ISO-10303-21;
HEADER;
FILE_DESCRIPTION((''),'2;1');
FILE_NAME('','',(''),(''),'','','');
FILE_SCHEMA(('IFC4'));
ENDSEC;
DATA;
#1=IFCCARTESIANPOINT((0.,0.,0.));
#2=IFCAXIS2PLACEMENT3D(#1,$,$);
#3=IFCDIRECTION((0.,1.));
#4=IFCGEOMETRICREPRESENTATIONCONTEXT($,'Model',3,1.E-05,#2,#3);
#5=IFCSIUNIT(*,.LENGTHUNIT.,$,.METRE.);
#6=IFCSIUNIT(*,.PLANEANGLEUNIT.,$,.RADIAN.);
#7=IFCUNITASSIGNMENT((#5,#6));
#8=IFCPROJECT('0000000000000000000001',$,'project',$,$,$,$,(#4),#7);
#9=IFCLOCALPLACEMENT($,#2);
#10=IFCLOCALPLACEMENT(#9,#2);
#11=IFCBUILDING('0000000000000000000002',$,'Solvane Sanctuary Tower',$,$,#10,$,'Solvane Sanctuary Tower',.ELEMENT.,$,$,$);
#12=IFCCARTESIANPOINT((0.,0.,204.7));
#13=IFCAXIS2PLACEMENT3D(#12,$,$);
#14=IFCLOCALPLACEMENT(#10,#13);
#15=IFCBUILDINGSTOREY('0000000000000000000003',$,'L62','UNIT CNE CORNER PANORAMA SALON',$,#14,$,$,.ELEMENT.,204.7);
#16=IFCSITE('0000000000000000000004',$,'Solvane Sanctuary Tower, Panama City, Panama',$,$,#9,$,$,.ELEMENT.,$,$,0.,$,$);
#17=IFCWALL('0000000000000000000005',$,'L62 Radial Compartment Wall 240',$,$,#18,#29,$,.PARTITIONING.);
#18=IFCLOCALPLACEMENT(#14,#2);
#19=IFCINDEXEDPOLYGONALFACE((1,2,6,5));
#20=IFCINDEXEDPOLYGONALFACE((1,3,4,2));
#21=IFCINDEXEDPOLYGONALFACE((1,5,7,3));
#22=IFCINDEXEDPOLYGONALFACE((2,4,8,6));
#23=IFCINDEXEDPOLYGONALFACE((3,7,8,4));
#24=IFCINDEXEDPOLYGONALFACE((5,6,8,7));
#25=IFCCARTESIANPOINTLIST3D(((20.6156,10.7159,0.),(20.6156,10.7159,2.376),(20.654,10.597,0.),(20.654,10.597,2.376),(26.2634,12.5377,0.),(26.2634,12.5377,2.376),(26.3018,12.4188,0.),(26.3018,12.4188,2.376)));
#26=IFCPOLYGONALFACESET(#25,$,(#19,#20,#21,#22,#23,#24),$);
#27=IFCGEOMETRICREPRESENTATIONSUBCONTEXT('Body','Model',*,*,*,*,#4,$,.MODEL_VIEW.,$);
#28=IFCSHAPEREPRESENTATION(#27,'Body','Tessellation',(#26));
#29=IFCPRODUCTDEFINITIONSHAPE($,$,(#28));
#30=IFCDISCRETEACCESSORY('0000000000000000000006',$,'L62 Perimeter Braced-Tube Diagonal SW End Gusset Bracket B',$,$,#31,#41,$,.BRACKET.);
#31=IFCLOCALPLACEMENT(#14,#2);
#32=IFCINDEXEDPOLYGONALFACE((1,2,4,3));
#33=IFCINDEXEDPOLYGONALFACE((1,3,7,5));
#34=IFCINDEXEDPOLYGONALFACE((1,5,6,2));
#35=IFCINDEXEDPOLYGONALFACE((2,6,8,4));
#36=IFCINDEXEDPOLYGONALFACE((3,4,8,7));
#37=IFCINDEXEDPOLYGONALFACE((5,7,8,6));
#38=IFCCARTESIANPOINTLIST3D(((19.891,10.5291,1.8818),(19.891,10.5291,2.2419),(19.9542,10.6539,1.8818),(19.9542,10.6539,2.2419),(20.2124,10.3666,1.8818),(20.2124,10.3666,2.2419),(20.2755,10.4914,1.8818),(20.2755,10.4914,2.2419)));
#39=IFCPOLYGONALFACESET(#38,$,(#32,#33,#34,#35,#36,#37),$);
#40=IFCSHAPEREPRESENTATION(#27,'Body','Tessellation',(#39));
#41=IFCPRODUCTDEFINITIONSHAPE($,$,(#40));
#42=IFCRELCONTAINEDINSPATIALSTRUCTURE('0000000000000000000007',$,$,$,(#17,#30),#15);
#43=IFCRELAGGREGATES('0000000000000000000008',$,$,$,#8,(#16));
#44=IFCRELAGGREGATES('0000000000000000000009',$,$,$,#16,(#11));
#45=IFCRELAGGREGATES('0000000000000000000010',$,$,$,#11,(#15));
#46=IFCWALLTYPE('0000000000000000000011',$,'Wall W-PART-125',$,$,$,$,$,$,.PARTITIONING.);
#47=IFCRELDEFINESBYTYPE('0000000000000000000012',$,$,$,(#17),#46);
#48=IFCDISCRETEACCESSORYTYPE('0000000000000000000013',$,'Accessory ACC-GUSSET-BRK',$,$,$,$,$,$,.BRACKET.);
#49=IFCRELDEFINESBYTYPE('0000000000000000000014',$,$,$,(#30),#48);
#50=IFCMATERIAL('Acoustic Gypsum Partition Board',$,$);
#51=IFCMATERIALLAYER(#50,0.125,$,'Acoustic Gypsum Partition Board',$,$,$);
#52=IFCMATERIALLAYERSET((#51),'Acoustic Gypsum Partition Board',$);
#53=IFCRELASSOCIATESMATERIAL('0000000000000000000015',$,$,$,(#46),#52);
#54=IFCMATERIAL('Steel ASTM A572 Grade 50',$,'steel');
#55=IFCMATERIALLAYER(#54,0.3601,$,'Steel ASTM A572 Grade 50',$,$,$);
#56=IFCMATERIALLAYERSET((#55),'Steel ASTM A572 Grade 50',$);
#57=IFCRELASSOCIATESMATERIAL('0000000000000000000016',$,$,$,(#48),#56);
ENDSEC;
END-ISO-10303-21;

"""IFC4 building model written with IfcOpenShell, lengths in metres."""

from ifc_helpers import new_model, si_unit, direction, frame, frame_2d, origin, origin_2d, place, context, subcontext, project, spatial, rectangle, extrude, material, layer, layer_set, type_object, element, save


model = new_model("IFC4")

# Units and contexts
model_context = context("Model", 3, precision=1e-05, world=origin(), true_north=direction((0.0, 1.0)))
body_context = subcontext(model_context, "Body", "Model", "MODEL_VIEW")
ifc_project = project(units=[si_unit("LENGTHUNIT", "METRE"), si_unit("PLANEANGLEUNIT", "RADIAN")], contexts=[model_context])

# Site, building, storey
site_placement = place(None, origin())
site = spatial("IfcSite", under=ifc_project, at=site_placement, Name="Solvane Sanctuary Tower, Panama City, Panama", CompositionType="ELEMENT", RefElevation=0.0)
building_placement = place(site_placement, origin())
building = spatial("IfcBuilding", under=site, at=building_placement, Name="Solvane Sanctuary Tower", LongName="Solvane Sanctuary Tower", CompositionType="ELEMENT")
storey_placement = place(building_placement, frame((0.0, 0.0, 204.7)))
storey = spatial("IfcBuildingStorey", under=building, at=storey_placement, Name="L62", Description="UNIT CNE CORNER PANORAMA SALON", CompositionType="ELEMENT", Elevation=204.7)

# Shared definitions
ifc_material_1 = material(Name="Acoustic Gypsum Partition Board")

# Wall
ifc_layer_1 = layer(ifc_material_1, 0.125, Name="Acoustic Gypsum Partition Board")
ifc_layer_set_1 = layer_set([ifc_layer_1], Name="Acoustic Gypsum Partition Board")
wall_type_1 = type_object("IfcWallType", Name="Wall W-PART-125", PredefinedType="PARTITIONING", material=ifc_layer_set_1)
wall_1_placement = place(storey_placement, frame((26.2827, 12.4783, 0.0), z_axis=(0.0, 0.0, 1.0), x_axis=(-0.951712, -0.306993, 0.0)))
element("IfcWall", 1, at=wall_1_placement, inside=storey, type_object=wall_type_1, Name="L62 Radial Compartment Wall 240", PredefinedType="PARTITIONING", context=body_context, shape_type="SweptSolid", body=[
    extrude(rectangle(XDim=5.9343, YDim=0.125, at=frame_2d((2.9673, 0.0))), origin(), (0.0, 0.0, 1.0), 2.376),
])

# Discrete accessory
ifc_material_2 = material(Name="Steel ASTM A572 Grade 50", Category="steel")
ifc_layer_2 = layer(ifc_material_2, 0.3601, Name="Steel ASTM A572 Grade 50")
ifc_layer_set_2 = layer_set([ifc_layer_2], Name="Steel ASTM A572 Grade 50")
discrete_accessory_type = type_object("IfcDiscreteAccessoryType", Name="Accessory ACC-GUSSET-BRK", PredefinedType="BRACKET", material=ifc_layer_set_2)
discrete_accessory_placement = place(storey_placement, frame((20.0833, 10.5103, 1.8818), z_axis=(0.0, 0.0, 1.0), x_axis=(0.89235, -0.451345, 0.0)))
element("IfcDiscreteAccessory", 2, at=discrete_accessory_placement, inside=storey, type_object=discrete_accessory_type, Name="L62 Perimeter Braced-Tube Diagonal SW End Gusset Bracket B", PredefinedType="BRACKET", context=body_context, shape_type="SweptSolid", body=[
    extrude(rectangle(XDim=0.3601, YDim=0.1399, at=origin_2d()), origin(), (0.0, 0.0, 1.0), 0.3601),
])

save(model, "model.ifc")
